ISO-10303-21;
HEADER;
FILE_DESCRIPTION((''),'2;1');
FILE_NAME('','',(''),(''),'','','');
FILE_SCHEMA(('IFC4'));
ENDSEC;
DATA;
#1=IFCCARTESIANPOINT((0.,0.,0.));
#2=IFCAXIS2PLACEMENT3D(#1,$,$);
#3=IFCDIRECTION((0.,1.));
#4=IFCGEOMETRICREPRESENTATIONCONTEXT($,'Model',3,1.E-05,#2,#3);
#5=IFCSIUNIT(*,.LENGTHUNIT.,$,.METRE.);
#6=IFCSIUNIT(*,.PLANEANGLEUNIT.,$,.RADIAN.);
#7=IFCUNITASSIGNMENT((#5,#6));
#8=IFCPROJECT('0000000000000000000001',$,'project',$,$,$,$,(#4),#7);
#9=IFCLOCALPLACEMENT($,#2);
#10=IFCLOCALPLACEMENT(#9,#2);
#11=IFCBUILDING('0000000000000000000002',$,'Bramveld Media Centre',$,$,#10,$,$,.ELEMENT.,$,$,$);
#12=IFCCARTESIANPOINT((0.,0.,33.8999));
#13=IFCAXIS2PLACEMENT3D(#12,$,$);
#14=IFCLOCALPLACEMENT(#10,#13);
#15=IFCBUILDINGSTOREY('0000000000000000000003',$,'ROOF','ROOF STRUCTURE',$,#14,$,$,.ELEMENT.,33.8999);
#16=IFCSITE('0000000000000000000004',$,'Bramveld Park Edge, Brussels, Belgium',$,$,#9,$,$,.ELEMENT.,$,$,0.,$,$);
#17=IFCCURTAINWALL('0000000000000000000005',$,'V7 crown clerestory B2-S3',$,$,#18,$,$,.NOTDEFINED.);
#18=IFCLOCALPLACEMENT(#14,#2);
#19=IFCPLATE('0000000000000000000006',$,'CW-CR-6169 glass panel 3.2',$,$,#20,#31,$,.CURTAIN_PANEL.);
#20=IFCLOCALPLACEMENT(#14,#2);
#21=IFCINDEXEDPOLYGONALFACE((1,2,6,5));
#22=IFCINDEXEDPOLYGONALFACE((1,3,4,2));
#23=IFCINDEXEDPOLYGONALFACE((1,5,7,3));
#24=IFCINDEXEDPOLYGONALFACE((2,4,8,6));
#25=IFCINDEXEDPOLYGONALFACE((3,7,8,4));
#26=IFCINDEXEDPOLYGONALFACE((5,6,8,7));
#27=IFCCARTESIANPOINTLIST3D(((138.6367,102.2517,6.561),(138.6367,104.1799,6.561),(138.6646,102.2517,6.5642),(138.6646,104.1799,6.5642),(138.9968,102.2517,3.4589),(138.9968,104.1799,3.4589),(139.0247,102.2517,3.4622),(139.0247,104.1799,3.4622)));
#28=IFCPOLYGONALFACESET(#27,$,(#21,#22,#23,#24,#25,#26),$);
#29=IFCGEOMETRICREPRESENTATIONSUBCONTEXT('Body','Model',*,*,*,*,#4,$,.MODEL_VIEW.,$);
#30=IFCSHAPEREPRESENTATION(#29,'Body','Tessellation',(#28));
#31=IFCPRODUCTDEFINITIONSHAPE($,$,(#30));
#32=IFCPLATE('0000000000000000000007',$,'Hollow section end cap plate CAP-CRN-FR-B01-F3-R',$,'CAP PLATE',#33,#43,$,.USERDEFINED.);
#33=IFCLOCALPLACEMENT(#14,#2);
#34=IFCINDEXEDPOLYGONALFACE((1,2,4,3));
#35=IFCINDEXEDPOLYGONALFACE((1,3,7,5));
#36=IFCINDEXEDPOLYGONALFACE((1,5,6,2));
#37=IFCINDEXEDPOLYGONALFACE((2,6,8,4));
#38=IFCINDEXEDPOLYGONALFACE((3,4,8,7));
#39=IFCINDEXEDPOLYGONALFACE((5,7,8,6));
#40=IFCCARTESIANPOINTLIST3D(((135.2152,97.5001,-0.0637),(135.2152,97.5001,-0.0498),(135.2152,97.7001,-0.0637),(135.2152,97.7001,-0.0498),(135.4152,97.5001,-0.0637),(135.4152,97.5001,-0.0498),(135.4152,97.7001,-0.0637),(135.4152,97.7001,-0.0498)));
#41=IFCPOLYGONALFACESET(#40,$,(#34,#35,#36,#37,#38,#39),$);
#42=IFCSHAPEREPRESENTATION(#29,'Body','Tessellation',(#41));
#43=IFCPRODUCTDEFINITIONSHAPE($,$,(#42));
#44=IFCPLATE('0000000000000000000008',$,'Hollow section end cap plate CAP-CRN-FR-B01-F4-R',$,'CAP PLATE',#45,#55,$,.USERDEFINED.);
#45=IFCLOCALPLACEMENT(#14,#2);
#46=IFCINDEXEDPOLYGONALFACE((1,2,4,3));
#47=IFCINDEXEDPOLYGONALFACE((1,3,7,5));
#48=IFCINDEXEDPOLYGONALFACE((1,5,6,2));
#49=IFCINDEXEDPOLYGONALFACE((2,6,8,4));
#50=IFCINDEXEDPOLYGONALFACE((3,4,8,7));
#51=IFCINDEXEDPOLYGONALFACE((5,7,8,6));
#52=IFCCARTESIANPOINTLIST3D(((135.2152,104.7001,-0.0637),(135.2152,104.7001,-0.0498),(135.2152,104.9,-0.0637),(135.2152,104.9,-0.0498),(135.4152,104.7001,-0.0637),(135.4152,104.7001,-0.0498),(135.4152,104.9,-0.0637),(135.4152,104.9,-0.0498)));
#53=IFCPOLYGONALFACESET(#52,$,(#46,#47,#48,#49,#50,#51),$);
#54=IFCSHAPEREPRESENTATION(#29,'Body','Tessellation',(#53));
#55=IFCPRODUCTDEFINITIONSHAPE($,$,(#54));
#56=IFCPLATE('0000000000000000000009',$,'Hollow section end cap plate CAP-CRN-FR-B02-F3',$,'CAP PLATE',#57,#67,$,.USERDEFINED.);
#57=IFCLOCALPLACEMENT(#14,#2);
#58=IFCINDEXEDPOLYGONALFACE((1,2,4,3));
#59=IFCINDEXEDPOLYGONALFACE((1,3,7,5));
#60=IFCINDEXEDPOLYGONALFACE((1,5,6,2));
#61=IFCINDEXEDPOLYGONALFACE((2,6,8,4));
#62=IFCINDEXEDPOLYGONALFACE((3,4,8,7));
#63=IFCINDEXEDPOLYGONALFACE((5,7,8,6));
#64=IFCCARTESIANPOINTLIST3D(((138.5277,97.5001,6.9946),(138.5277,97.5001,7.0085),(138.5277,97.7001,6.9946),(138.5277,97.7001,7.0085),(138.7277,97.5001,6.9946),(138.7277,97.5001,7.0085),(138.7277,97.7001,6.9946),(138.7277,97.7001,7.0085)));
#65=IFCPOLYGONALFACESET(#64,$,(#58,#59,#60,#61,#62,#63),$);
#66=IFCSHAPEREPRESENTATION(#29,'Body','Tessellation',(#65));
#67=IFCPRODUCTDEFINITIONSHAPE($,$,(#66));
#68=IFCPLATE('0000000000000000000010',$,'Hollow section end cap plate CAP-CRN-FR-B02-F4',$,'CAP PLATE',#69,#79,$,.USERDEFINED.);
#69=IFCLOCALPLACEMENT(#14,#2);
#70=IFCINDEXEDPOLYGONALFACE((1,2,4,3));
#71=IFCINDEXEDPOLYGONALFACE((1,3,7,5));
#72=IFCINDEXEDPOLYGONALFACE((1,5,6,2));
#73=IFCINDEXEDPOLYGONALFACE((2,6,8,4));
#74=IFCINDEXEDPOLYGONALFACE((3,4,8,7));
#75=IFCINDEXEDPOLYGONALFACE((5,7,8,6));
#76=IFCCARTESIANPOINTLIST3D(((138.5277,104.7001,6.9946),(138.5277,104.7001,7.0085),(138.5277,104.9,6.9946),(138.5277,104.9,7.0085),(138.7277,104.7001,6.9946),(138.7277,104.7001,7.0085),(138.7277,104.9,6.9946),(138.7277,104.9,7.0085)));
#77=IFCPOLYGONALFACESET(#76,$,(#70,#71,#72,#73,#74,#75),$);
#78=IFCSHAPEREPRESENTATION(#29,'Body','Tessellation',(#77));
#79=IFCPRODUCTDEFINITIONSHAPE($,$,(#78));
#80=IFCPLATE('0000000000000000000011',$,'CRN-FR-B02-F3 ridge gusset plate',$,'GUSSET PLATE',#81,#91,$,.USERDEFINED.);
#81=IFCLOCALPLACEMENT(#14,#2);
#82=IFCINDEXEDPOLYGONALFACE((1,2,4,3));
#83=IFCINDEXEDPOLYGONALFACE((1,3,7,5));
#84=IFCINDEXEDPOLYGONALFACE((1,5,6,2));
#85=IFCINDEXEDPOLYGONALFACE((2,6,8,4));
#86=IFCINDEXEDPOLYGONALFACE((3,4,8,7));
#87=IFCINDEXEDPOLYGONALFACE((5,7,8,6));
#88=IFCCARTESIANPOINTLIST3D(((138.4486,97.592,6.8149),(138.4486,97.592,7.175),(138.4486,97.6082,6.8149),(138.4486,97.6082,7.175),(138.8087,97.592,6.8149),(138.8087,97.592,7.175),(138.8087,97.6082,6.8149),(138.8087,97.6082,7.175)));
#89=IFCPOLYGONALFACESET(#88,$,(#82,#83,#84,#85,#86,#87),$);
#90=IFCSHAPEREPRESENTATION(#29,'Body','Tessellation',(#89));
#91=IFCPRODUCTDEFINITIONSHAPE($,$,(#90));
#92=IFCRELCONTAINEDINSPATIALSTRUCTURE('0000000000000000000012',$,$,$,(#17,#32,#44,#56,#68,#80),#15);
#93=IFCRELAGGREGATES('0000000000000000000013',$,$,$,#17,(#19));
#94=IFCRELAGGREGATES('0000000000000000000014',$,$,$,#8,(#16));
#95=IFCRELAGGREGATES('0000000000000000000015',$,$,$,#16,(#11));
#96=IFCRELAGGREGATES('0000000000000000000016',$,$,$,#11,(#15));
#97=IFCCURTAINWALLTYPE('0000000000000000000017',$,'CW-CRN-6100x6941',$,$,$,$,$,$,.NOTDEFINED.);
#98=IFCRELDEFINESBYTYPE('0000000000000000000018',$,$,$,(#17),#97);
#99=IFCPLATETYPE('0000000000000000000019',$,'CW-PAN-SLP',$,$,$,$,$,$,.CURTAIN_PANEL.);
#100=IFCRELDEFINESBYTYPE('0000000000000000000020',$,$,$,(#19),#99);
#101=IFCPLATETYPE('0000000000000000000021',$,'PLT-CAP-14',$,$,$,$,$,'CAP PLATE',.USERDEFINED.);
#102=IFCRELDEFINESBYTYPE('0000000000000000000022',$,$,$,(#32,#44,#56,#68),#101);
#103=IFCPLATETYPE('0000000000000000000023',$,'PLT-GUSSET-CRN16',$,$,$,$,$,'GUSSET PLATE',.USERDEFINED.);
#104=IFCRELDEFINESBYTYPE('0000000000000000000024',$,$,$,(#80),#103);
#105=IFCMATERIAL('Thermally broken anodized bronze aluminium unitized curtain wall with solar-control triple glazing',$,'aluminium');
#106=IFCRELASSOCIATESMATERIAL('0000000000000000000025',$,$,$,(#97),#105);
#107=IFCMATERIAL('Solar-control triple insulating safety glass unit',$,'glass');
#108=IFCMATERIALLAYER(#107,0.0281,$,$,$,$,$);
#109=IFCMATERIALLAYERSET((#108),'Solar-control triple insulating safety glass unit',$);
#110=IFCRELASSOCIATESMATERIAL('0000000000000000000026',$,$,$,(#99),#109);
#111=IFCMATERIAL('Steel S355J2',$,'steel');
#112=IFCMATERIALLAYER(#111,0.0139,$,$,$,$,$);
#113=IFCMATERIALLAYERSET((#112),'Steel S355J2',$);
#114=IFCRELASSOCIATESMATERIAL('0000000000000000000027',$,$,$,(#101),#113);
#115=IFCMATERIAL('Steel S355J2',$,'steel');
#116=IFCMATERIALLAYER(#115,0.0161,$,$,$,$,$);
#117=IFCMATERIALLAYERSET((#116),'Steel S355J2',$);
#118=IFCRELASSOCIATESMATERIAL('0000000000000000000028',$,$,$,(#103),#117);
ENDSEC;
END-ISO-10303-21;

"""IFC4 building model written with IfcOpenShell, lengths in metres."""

from ifc_helpers import new_model, si_unit, direction, frame, origin, origin_2d, place, context, subcontext, project, spatial, polyline, rectangle, outline, extrude, material, layer, layer_set, type_object, element, aggregate, save


model = new_model("IFC4")

# Units and contexts
model_context = context("Model", 3, precision=1e-05, world=origin(), true_north=direction((0.0, 1.0)))
body_context = subcontext(model_context, "Body", "Model", "MODEL_VIEW")
ifc_project = project(units=[si_unit("LENGTHUNIT", "METRE"), si_unit("PLANEANGLEUNIT", "RADIAN")], contexts=[model_context])

# Site, building, storey
site_placement = place(None, origin())
site = spatial("IfcSite", under=ifc_project, at=site_placement, Name="Bramveld Park Edge, Brussels, Belgium", CompositionType="ELEMENT", RefElevation=0.0)
building_placement = place(site_placement, origin())
building = spatial("IfcBuilding", under=site, at=building_placement, Name="Bramveld Media Centre", CompositionType="ELEMENT")
storey_placement = place(building_placement, frame((0.0, 0.0, 33.8999)))
storey = spatial("IfcBuildingStorey", under=building, at=storey_placement, Name="ROOF", Description="ROOF STRUCTURE", CompositionType="ELEMENT", Elevation=33.8999)

# Curtain wall
ifc_material_1 = material(Name="Thermally broken anodized bronze aluminium unitized curtain wall with solar-control triple glazing", Category="aluminium")
curtain_wall_type = type_object("IfcCurtainWallType", Name="CW-CRN-6100x6941", PredefinedType="NOTDEFINED", material=ifc_material_1)
curtain_wall_placement = place(storey_placement, origin())
curtain_wall = element("IfcCurtainWall", 1, at=curtain_wall_placement, inside=storey, type_object=curtain_wall_type, Name="V7 crown clerestory B2-S3", PredefinedType="NOTDEFINED")

# Plate
ifc_material_2 = material(Name="Solar-control triple insulating safety glass unit", Category="glass")
ifc_layer_1 = layer(ifc_material_2, 0.0281)
ifc_layer_set_1 = layer_set([ifc_layer_1], Name="Solar-control triple insulating safety glass unit")
plate_type_1 = type_object("IfcPlateType", Name="CW-PAN-SLP", PredefinedType="CURTAIN_PANEL", material=ifc_layer_set_1)
plate_1_placement = place(storey_placement, frame((139.0247, 102.2517, 3.4622), z_axis=(0.993329, 0.0, 0.115313), x_axis=(0.0, 1.0, 0.0)))
plate_1 = element("IfcPlate", 2, at=plate_1_placement, type_object=plate_type_1, Name="CW-CR-6169 glass panel 3.2", PredefinedType="CURTAIN_PANEL", context=body_context, shape_type="SweptSolid", body=[
    extrude(outline(polyline([(0.0, 0.0), (1.9282, 0.0), (1.9282, 3.1229), (0.0, 3.1229), (0.0, 0.0)])), origin(), (0.0, 0.0, -1.0), 0.0281),
])
aggregate(curtain_wall, [plate_1])

# Plates
ifc_material_3 = material(Name="Steel S355J2", Category="steel")
ifc_layer_2 = layer(ifc_material_3, 0.0139)
ifc_layer_set_2 = layer_set([ifc_layer_2], Name="Steel S355J2")
plate_type_2 = type_object("IfcPlateType", Name="PLT-CAP-14", ElementType="CAP PLATE", PredefinedType="USERDEFINED", material=ifc_layer_set_2)
for number, where, z_axis, x_axis, name in (
    (3, (135.3152, 97.6001, -0.0498), (0.0, 0.0, -1.0), (1.0, 0.0, 0.0), "Hollow section end cap plate CAP-CRN-FR-B01-F3-R"),
    (4, (135.3152, 104.8, -0.0498), (0.0, 0.0, -1.0), (1.0, 0.0, 0.0), "Hollow section end cap plate CAP-CRN-FR-B01-F4-R"),
    (5, (138.6277, 97.6001, 6.9946), (0.0, 0.0, 1.0), (1.0, 0.0, 0.0), "Hollow section end cap plate CAP-CRN-FR-B02-F3"),
    (6, (138.6277, 104.8, 6.9946), (0.0, 0.0, 1.0), (1.0, 0.0, 0.0), "Hollow section end cap plate CAP-CRN-FR-B02-F4"),
):
    element("IfcPlate", number, at=place(storey_placement, frame(where, z_axis=z_axis, x_axis=x_axis)), inside=storey, type_object=plate_type_2, Name=name, ObjectType="CAP PLATE", PredefinedType="USERDEFINED", context=body_context, shape_type="SweptSolid", body=[
        extrude(rectangle(XDim=0.2, YDim=0.2, at=origin_2d()), origin(), (0.0, 0.0, 1.0), 0.0139),
    ])
ifc_material_4 = material(Name="Steel S355J2", Category="steel")
ifc_layer_3 = layer(ifc_material_4, 0.0161)
ifc_layer_set_3 = layer_set([ifc_layer_3], Name="Steel S355J2")
plate_type_3 = type_object("IfcPlateType", Name="PLT-GUSSET-CRN16", ElementType="GUSSET PLATE", PredefinedType="USERDEFINED", material=ifc_layer_set_3)
plate_2_placement = place(storey_placement, frame((138.6287, 97.6001, 6.8149), z_axis=(0.0, 0.0, 1.0), x_axis=(1.0, 0.0, 0.0)))
element("IfcPlate", 7, at=plate_2_placement, inside=storey, type_object=plate_type_3, Name="CRN-FR-B02-F3 ridge gusset plate", ObjectType="GUSSET PLATE", PredefinedType="USERDEFINED", context=body_context, shape_type="SweptSolid", body=[
    extrude(rectangle(XDim=0.3601, YDim=0.0161, at=origin_2d()), origin(), (0.0, 0.0, 1.0), 0.3601),
])

save(model, "model.ifc")
